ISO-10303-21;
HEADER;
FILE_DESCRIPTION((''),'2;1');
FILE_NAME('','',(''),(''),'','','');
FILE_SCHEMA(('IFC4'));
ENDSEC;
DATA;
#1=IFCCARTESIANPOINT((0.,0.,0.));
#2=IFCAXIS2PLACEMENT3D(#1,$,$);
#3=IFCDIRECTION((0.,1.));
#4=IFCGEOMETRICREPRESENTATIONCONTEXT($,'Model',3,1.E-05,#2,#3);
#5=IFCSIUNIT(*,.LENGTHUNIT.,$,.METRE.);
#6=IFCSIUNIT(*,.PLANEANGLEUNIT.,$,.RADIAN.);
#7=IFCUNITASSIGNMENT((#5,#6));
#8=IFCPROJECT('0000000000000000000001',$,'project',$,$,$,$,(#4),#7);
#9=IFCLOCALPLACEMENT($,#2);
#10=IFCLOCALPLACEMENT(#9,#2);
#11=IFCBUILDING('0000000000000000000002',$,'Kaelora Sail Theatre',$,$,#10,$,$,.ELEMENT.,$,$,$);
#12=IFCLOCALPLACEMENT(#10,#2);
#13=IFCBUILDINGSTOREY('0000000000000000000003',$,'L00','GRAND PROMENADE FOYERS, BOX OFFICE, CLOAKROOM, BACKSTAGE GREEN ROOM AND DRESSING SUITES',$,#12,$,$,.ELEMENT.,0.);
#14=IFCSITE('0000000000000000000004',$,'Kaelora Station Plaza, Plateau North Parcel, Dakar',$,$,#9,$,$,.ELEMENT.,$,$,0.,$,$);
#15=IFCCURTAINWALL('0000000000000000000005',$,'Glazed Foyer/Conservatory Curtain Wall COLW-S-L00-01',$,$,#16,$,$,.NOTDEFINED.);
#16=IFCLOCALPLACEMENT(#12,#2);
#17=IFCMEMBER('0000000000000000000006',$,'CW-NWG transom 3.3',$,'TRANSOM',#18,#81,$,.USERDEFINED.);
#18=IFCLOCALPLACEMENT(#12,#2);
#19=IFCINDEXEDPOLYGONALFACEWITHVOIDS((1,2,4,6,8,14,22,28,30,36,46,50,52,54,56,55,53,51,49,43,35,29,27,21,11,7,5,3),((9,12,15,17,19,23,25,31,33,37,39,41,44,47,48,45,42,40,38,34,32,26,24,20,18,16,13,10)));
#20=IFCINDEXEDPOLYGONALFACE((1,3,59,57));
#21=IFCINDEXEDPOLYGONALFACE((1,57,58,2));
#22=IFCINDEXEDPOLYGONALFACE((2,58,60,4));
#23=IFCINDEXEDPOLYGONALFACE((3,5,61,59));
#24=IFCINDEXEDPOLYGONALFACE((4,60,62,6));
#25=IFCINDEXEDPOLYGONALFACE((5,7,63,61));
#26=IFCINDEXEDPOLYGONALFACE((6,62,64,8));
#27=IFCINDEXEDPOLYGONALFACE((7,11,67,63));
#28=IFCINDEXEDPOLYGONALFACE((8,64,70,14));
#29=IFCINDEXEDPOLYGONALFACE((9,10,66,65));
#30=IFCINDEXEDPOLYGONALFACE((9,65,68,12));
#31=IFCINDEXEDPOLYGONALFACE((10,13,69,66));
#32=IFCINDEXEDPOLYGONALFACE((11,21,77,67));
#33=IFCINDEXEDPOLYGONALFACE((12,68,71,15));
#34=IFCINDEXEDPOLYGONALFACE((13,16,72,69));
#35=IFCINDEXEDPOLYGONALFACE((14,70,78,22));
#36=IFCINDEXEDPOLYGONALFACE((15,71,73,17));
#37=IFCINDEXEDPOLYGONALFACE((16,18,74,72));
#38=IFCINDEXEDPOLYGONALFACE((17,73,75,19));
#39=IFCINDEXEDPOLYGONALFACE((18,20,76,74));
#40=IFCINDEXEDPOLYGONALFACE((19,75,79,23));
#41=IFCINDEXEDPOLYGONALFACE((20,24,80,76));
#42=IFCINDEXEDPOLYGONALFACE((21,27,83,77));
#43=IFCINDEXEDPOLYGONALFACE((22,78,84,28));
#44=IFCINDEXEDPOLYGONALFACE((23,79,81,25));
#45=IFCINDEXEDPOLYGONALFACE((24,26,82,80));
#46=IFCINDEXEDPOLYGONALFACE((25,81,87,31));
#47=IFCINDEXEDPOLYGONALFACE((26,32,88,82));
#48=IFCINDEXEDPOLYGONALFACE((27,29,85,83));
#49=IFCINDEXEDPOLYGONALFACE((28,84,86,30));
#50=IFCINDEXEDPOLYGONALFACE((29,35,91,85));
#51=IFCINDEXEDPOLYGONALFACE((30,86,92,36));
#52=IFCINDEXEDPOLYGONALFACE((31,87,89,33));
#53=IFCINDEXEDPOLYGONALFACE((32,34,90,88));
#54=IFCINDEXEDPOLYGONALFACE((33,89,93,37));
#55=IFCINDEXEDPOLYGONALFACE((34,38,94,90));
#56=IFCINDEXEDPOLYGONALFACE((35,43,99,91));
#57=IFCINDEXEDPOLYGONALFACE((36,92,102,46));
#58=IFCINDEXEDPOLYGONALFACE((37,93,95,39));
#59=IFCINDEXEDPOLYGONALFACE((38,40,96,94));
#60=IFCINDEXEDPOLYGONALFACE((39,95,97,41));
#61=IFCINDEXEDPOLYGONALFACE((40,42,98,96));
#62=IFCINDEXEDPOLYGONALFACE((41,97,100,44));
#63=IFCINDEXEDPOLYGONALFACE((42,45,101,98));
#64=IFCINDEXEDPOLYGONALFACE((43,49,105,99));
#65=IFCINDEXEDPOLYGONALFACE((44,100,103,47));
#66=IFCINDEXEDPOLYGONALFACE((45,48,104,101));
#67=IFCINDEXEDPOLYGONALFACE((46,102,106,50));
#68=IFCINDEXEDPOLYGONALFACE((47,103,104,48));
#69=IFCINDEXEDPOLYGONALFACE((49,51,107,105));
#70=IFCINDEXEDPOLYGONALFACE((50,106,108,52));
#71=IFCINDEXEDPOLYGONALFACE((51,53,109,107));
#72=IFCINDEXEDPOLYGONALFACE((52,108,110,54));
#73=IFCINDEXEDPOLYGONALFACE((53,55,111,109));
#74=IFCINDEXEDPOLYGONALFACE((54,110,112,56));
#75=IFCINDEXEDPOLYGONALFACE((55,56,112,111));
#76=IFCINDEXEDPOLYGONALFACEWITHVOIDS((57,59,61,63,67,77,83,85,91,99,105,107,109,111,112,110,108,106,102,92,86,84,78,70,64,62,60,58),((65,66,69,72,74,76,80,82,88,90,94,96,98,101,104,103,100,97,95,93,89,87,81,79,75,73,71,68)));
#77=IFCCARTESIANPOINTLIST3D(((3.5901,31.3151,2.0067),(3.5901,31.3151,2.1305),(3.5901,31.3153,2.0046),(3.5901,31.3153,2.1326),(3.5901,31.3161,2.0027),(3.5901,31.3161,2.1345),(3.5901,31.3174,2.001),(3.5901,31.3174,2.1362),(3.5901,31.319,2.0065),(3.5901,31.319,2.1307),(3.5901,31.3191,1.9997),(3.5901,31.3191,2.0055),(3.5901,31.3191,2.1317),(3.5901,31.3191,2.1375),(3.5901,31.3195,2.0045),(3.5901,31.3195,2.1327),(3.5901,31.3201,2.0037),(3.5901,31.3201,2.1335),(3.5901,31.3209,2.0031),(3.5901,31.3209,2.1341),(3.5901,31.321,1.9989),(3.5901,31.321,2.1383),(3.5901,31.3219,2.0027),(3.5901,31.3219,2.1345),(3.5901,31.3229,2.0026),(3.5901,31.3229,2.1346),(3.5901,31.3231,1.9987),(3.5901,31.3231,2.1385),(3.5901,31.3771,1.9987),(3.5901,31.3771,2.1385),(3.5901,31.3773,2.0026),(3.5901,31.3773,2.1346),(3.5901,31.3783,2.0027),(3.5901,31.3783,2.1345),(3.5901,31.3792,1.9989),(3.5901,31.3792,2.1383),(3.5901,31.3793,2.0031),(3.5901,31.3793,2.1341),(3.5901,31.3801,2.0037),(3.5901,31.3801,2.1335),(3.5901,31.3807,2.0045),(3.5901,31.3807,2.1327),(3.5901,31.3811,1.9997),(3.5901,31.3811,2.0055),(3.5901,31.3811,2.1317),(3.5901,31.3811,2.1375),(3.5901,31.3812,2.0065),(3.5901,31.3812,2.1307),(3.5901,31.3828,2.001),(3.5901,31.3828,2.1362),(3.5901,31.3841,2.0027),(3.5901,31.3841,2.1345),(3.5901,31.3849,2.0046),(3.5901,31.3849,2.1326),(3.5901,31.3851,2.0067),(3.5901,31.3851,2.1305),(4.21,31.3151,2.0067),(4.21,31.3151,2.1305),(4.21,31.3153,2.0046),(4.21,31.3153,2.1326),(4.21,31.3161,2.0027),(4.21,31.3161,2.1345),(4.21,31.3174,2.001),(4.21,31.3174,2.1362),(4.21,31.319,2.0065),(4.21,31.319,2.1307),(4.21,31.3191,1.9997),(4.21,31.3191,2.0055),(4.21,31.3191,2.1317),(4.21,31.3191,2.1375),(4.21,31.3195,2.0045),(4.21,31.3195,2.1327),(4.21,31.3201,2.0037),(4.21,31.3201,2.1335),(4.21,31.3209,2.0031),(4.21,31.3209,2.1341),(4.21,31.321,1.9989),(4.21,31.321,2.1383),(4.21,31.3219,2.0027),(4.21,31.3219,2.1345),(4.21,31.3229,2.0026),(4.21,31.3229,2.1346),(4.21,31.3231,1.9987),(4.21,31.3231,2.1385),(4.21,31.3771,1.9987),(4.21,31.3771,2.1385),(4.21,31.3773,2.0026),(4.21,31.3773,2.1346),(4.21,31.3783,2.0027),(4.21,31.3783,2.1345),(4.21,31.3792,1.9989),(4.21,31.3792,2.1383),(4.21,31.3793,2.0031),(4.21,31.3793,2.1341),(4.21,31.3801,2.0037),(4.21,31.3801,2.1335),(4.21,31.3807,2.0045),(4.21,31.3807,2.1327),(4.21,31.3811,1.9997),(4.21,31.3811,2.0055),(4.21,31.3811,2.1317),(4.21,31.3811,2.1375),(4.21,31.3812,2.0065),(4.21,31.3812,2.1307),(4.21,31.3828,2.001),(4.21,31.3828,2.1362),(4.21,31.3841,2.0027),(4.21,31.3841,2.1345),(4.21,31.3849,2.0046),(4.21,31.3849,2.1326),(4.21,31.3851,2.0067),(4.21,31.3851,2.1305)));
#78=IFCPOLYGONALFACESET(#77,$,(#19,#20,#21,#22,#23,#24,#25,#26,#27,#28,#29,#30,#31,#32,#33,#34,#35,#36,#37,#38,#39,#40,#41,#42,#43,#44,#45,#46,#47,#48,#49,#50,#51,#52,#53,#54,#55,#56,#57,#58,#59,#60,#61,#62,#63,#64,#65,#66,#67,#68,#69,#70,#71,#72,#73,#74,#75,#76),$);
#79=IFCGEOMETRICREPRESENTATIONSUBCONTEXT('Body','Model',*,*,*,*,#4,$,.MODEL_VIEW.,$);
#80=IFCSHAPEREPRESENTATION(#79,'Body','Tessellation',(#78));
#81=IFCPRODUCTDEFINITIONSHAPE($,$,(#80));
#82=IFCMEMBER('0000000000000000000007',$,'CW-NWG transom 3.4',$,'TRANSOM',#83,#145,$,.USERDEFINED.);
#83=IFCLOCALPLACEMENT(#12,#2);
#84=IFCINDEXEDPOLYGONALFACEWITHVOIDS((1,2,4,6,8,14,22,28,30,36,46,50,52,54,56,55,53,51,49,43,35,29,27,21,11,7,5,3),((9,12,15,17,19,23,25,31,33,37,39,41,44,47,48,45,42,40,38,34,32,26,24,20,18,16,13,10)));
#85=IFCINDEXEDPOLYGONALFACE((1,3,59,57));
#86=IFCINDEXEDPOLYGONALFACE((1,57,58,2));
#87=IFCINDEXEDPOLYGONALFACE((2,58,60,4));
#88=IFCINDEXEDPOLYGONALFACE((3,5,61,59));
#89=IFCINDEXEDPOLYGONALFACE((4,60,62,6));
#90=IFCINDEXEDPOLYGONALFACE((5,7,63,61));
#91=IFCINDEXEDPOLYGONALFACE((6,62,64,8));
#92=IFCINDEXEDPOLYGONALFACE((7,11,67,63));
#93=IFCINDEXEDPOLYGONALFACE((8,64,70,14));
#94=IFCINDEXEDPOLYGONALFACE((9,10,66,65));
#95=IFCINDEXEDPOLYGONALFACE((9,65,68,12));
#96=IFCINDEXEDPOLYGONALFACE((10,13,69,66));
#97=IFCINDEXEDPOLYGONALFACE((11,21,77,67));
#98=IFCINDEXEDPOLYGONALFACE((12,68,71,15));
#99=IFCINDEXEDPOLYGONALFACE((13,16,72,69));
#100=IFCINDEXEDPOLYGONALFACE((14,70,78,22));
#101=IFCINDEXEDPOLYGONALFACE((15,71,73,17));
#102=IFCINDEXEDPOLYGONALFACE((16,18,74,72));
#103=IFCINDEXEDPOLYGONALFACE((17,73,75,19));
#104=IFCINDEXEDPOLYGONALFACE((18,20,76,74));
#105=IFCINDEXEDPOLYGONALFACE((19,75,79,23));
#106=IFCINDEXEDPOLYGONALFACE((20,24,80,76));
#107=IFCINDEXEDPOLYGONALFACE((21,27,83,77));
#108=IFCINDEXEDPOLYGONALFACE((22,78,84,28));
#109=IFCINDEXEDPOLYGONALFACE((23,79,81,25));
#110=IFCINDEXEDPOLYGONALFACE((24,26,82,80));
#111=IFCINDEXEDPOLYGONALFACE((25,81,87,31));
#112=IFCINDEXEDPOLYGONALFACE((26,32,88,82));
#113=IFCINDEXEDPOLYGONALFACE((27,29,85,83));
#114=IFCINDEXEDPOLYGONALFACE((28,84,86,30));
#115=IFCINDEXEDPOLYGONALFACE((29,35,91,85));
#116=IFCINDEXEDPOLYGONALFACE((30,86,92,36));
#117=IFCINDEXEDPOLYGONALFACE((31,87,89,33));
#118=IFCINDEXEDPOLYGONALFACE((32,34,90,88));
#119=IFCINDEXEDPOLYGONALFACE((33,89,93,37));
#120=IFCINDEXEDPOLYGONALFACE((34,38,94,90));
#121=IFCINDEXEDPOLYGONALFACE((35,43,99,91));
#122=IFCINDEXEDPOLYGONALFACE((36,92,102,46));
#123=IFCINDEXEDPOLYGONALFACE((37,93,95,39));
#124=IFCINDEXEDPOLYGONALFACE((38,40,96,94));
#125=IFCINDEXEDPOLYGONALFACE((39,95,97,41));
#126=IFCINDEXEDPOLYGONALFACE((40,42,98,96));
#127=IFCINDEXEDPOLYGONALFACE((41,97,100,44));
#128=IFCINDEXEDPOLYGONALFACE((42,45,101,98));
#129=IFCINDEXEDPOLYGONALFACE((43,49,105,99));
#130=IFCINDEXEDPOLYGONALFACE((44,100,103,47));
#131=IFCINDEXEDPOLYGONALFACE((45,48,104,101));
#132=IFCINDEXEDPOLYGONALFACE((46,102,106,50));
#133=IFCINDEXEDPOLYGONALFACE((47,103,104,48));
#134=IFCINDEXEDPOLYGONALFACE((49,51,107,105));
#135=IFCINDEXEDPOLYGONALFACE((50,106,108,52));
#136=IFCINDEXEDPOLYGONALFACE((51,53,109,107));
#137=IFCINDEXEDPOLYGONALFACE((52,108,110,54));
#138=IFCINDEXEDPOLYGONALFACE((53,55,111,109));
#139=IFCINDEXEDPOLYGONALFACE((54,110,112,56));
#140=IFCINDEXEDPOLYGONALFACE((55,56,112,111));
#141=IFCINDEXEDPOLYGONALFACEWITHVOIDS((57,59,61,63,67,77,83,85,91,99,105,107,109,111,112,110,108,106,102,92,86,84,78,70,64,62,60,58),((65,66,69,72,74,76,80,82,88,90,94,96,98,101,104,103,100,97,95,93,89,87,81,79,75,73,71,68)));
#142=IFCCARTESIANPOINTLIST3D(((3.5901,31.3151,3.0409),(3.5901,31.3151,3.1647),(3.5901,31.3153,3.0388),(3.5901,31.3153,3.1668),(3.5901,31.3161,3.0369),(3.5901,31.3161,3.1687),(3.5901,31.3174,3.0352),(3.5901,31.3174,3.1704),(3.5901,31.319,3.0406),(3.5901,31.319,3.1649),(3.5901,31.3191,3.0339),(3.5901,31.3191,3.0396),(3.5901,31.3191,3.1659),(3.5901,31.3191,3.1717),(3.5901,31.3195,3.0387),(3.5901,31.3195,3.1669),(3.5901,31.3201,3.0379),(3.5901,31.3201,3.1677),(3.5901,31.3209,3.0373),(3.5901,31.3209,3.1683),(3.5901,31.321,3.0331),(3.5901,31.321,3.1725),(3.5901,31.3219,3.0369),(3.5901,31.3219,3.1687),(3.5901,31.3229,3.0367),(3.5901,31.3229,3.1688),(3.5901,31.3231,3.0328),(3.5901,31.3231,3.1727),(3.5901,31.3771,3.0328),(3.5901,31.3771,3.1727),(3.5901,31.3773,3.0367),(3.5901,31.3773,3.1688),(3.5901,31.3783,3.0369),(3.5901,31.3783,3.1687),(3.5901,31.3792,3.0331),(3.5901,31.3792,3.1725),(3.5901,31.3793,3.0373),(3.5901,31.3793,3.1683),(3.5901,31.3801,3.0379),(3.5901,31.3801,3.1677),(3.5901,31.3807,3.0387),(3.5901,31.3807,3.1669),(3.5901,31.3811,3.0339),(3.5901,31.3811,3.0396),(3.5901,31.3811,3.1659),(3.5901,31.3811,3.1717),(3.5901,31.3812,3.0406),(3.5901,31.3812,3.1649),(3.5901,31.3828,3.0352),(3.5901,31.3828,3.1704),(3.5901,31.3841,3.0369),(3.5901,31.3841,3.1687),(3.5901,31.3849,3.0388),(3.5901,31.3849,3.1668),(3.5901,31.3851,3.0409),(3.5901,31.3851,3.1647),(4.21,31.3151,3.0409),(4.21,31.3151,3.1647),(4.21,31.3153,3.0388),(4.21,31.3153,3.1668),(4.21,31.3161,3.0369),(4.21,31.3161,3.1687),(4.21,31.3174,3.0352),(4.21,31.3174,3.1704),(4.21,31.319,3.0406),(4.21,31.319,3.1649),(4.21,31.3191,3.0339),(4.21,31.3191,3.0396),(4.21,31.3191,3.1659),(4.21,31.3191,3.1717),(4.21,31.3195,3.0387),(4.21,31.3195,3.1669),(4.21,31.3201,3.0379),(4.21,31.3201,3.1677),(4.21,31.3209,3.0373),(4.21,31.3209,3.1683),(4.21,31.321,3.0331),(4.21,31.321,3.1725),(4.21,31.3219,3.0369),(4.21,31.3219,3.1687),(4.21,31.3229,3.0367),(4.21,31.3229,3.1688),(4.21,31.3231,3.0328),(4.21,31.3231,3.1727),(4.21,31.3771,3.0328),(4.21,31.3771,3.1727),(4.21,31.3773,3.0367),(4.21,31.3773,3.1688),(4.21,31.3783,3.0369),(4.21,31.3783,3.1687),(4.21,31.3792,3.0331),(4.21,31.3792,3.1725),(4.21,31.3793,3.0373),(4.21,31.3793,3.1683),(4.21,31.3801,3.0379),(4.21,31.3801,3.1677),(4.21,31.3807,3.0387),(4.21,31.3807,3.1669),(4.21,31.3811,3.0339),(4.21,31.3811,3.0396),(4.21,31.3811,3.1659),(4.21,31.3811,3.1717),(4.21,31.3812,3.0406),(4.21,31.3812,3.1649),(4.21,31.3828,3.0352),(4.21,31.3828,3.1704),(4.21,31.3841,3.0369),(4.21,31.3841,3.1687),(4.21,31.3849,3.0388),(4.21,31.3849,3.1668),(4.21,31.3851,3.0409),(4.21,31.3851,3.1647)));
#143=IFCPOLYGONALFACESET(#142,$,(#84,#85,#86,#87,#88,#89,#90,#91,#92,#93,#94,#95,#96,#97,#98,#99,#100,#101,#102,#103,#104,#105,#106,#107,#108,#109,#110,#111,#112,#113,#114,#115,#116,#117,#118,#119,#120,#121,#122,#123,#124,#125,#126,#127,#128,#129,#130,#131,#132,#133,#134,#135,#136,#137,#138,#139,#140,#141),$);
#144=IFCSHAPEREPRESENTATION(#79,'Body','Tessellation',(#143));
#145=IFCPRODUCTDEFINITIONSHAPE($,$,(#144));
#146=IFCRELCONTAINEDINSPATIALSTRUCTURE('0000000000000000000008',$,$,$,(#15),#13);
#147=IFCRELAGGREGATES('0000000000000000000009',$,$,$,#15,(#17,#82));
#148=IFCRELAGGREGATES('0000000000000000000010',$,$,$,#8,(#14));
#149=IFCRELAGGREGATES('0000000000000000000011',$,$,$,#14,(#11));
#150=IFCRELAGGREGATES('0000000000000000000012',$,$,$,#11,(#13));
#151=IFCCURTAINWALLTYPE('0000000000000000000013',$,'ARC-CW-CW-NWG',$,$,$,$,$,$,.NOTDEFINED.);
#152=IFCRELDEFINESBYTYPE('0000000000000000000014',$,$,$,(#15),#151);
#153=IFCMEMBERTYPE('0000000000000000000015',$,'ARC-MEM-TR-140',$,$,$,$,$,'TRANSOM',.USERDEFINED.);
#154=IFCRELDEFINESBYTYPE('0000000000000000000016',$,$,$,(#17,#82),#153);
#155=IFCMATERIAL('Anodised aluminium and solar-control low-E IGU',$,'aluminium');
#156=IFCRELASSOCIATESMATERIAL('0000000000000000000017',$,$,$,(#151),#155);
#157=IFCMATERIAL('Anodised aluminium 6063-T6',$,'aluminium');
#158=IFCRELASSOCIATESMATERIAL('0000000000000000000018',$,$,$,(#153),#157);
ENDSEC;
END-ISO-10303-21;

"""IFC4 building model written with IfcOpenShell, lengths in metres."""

from ifc_helpers import new_model, si_unit, direction, frame, origin, origin_2d, place, context, subcontext, project, spatial, hollow_rectangle, extrude, material, material_profile, profile_set, type_object, element, aggregate, save


model = new_model("IFC4")

# Units and contexts
model_context = context("Model", 3, precision=1e-05, world=origin(), true_north=direction((0.0, 1.0)))
body_context = subcontext(model_context, "Body", "Model", "MODEL_VIEW")
ifc_project = project(units=[si_unit("LENGTHUNIT", "METRE"), si_unit("PLANEANGLEUNIT", "RADIAN")], contexts=[model_context])

# Site, building, storey
site_placement = place(None, origin())
site = spatial("IfcSite", under=ifc_project, at=site_placement, Name="Kaelora Station Plaza, Plateau North Parcel, Dakar", CompositionType="ELEMENT", RefElevation=0.0)
building_placement = place(site_placement, origin())
building = spatial("IfcBuilding", under=site, at=building_placement, Name="Kaelora Sail Theatre", CompositionType="ELEMENT")
storey_placement = place(building_placement, origin())
storey = spatial("IfcBuildingStorey", under=building, at=storey_placement, Name="L00", Description="GRAND PROMENADE FOYERS, BOX OFFICE, CLOAKROOM, BACKSTAGE GREEN ROOM AND DRESSING SUITES", CompositionType="ELEMENT", Elevation=0.0)

# Curtain wall, members
ifc_material_1 = material(Name="Anodised aluminium and solar-control low-E IGU", Category="aluminium")
curtain_wall_type = type_object("IfcCurtainWallType", Name="ARC-CW-CW-NWG", PredefinedType="NOTDEFINED", material=ifc_material_1)
curtain_wall_placement = place(storey_placement, origin())
curtain_wall = element("IfcCurtainWall", 1, at=curtain_wall_placement, inside=storey, type_object=curtain_wall_type, Name="Glazed Foyer/Conservatory Curtain Wall COLW-S-L00-01", PredefinedType="NOTDEFINED")
ifc_material_2 = material(Name="Anodised aluminium 6063-T6", Category="aluminium")
ifc_material_profile = material_profile(ifc_material_2, hollow_rectangle(XDim=0.0701, YDim=0.1399, WallThickness=0.0039, InnerFilletRadius=0.0039, OuterFilletRadius=0.0081, at=origin_2d()), Name="ALU-TRAN 70x140x4")
ifc_profile_set = profile_set([ifc_material_profile], Name="Anodised aluminium 6063-T6")
member_type = type_object("IfcMemberType", Name="ARC-MEM-TR-140", ElementType="TRANSOM", PredefinedType="USERDEFINED", material=ifc_profile_set)
member_1_placement = place(storey_placement, frame((3.5901, 31.3501, 2.0686), z_axis=(1.0, 0.0, 0.0), x_axis=(0.0, 1.0, 0.0)))
member_1 = element("IfcMember", 2, at=member_1_placement, type_object=member_type, Name="CW-NWG transom 3.3", ObjectType="TRANSOM", PredefinedType="USERDEFINED", context=body_context, shape_type="SweptSolid", body=[
    extrude(hollow_rectangle(XDim=0.0701, YDim=0.1399, WallThickness=0.0039, InnerFilletRadius=0.0039, OuterFilletRadius=0.0081, at=origin_2d()), origin(), (0.0, 0.0, 1.0), 0.6199),
])
member_2_placement = place(storey_placement, frame((3.5901, 31.3501, 3.1028), z_axis=(1.0, 0.0, 0.0), x_axis=(0.0, 1.0, 0.0)))
member_2 = element("IfcMember", 3, at=member_2_placement, type_object=member_type, Name="CW-NWG transom 3.4", ObjectType="TRANSOM", PredefinedType="USERDEFINED", context=body_context, shape_type="SweptSolid", body=[
    extrude(hollow_rectangle(XDim=0.0701, YDim=0.1399, WallThickness=0.0039, InnerFilletRadius=0.0039, OuterFilletRadius=0.0081, at=origin_2d()), origin(), (0.0, 0.0, 1.0), 0.6199),
])
aggregate(curtain_wall, [member_1, member_2])

save(model, "model.ifc")
